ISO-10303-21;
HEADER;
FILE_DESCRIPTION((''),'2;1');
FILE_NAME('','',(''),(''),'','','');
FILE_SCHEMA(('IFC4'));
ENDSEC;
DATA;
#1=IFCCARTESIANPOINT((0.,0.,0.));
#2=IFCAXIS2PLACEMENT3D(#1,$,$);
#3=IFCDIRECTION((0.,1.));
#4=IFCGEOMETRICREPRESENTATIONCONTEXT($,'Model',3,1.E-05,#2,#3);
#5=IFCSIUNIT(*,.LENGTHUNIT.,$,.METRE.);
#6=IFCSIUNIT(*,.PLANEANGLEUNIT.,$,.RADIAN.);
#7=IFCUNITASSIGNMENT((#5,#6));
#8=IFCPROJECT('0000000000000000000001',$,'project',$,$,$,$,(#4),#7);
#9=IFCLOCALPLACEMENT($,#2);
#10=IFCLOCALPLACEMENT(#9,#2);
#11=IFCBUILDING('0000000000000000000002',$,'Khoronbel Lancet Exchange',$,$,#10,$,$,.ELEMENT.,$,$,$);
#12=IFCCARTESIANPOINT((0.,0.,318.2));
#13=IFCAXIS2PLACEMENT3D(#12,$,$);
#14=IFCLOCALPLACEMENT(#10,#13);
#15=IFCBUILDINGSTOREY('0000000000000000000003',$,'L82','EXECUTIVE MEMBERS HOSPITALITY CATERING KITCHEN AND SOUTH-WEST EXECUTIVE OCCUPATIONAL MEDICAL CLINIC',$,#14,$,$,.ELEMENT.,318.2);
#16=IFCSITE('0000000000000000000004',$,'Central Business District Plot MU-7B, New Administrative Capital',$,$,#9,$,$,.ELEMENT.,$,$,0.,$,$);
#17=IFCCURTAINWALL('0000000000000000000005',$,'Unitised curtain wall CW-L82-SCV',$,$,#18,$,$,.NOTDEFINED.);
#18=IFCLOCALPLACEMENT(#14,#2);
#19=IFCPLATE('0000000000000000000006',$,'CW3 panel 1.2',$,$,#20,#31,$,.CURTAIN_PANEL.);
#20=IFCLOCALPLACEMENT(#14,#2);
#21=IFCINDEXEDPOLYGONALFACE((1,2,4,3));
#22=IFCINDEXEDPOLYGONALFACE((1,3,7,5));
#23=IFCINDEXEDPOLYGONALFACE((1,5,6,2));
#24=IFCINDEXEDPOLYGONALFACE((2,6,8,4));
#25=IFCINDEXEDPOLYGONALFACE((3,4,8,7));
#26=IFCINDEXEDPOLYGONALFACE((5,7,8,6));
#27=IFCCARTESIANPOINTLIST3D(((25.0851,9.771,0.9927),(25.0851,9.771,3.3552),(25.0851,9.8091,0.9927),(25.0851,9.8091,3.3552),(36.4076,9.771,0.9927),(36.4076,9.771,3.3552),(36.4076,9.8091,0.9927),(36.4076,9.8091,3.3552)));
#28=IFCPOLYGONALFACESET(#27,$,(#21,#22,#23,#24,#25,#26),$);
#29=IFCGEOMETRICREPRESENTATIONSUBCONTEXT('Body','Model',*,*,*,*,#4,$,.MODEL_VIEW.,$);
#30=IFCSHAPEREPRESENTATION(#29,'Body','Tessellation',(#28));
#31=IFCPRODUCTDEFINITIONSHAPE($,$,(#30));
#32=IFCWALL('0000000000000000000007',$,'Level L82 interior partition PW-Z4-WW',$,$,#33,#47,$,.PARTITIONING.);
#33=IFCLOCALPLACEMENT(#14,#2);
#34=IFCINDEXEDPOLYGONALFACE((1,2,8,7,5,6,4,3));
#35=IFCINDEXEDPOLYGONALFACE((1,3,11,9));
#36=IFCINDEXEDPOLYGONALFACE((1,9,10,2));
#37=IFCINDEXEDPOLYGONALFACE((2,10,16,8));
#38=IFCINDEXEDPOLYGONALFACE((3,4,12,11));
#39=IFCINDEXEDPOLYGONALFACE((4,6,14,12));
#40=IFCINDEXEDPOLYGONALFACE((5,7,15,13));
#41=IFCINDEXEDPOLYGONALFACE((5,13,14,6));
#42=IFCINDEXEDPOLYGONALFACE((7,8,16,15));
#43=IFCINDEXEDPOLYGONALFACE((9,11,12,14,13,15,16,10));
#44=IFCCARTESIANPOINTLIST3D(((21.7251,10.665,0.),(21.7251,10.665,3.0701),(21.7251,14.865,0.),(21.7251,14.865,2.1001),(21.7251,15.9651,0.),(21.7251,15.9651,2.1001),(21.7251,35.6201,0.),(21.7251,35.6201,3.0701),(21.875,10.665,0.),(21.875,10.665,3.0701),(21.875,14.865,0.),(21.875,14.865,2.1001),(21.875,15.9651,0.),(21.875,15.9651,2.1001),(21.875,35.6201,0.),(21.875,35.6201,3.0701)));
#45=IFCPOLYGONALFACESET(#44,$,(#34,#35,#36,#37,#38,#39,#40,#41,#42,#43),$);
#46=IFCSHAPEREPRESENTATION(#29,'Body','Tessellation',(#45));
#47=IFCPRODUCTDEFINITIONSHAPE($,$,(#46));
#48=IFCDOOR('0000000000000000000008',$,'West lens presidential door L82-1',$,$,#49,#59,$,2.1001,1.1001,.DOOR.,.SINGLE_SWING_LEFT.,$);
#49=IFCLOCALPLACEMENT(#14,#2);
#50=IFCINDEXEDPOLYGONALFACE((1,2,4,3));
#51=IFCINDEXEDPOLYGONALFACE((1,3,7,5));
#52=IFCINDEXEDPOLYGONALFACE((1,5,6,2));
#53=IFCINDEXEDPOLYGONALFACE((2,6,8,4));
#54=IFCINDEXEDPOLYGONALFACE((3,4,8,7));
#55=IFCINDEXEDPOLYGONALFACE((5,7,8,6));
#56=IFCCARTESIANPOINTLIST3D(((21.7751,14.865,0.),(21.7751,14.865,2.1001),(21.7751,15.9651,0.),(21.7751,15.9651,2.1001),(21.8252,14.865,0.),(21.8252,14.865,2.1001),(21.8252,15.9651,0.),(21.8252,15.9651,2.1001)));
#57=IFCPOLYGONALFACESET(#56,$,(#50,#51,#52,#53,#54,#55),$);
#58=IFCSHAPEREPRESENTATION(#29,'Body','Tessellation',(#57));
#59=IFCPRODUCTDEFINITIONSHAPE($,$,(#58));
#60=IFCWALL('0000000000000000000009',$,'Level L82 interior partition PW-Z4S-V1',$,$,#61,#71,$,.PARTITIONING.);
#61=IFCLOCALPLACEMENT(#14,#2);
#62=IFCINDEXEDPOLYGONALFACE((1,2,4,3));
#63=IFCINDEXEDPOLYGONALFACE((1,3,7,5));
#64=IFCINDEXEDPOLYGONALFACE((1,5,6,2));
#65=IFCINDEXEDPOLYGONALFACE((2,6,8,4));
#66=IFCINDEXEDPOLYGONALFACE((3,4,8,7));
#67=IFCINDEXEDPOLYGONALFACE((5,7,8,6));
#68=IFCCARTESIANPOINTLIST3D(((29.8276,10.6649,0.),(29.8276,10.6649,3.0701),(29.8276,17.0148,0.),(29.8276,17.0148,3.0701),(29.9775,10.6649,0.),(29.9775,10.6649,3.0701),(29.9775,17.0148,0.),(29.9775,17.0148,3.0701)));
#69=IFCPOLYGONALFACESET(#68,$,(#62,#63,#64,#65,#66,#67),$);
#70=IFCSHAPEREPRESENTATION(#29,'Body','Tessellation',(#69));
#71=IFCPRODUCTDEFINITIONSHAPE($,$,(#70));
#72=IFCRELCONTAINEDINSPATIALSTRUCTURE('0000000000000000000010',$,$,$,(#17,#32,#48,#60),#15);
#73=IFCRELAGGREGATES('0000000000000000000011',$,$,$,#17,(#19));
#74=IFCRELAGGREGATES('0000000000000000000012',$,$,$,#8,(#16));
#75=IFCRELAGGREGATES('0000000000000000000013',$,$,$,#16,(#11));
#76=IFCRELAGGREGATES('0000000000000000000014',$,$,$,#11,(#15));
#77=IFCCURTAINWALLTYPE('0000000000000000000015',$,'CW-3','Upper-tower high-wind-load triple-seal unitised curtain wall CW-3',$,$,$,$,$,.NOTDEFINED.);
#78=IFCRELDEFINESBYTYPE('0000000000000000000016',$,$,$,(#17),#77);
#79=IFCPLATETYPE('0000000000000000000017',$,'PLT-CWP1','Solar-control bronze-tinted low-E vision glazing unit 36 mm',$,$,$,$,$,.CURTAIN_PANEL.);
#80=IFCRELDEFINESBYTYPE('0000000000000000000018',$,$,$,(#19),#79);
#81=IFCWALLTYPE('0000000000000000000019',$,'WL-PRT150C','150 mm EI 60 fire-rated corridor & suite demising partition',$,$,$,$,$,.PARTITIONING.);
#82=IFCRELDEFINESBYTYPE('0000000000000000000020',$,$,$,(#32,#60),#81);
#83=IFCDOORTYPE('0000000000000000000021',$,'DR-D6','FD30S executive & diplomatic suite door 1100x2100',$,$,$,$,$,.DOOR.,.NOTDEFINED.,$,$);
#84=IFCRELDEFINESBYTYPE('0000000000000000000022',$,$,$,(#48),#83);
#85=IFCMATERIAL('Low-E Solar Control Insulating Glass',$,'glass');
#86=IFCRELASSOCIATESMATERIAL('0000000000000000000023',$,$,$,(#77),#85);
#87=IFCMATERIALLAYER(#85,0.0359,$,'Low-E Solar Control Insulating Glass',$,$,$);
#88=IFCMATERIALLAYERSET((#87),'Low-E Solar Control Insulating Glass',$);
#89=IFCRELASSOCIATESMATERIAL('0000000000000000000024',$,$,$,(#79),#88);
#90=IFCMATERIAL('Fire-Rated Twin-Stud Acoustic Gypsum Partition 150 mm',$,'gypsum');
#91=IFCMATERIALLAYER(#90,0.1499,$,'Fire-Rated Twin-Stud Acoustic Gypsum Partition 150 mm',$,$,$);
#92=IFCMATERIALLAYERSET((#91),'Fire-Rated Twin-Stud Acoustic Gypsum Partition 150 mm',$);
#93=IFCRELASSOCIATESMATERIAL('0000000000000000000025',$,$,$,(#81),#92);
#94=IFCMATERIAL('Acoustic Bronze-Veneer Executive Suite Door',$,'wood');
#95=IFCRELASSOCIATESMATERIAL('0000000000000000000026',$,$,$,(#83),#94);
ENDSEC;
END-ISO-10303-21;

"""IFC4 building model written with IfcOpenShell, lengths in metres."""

from ifc_helpers import new_model, si_unit, direction, frame, frame_2d, origin, origin_2d, place, context, subcontext, project, spatial, rectangle, extrude, material, layer, layer_set, type_object, element, fill, aggregate, save


model = new_model("IFC4")

# Units and contexts
model_context = context("Model", 3, precision=1e-05, world=origin(), true_north=direction((0.0, 1.0)))
body_context = subcontext(model_context, "Body", "Model", "MODEL_VIEW")
ifc_project = project(units=[si_unit("LENGTHUNIT", "METRE"), si_unit("PLANEANGLEUNIT", "RADIAN")], contexts=[model_context])

# Site, building, storey
site_placement = place(None, origin())
site = spatial("IfcSite", under=ifc_project, at=site_placement, Name="Central Business District Plot MU-7B, New Administrative Capital", CompositionType="ELEMENT", RefElevation=0.0)
building_placement = place(site_placement, origin())
building = spatial("IfcBuilding", under=site, at=building_placement, Name="Khoronbel Lancet Exchange", CompositionType="ELEMENT")
storey_placement = place(building_placement, frame((0.0, 0.0, 318.2)))
storey = spatial("IfcBuildingStorey", under=building, at=storey_placement, Name="L82", Description="EXECUTIVE MEMBERS HOSPITALITY CATERING KITCHEN AND SOUTH-WEST EXECUTIVE OCCUPATIONAL MEDICAL CLINIC", CompositionType="ELEMENT", Elevation=318.2)

# Curtain wall
ifc_material_1 = material(Name="Low-E Solar Control Insulating Glass", Category="glass")
curtain_wall_type = type_object("IfcCurtainWallType", Name="CW-3", Description="Upper-tower high-wind-load triple-seal unitised curtain wall CW-3", PredefinedType="NOTDEFINED", material=ifc_material_1)
curtain_wall_1_placement = place(storey_placement, origin())
curtain_wall_1 = element("IfcCurtainWall", 1, at=curtain_wall_1_placement, inside=storey, type_object=curtain_wall_type, Name="Unitised curtain wall CW-L82-SCV", PredefinedType="NOTDEFINED")

# Plate
ifc_layer_1 = layer(ifc_material_1, 0.0359, Name="Low-E Solar Control Insulating Glass")
ifc_layer_set_1 = layer_set([ifc_layer_1], Name="Low-E Solar Control Insulating Glass")
plate_type_1 = type_object("IfcPlateType", Name="PLT-CWP1", Description="Solar-control bronze-tinted low-E vision glazing unit 36 mm", PredefinedType="CURTAIN_PANEL", material=ifc_layer_set_1)
plate_1_placement = place(storey_placement, frame((30.7463, 9.79, 0.9927), z_axis=(0.0, 0.0, 1.0), x_axis=(1.0, 0.0, 0.0)))
plate_1 = element("IfcPlate", 2, at=plate_1_placement, type_object=plate_type_1, Name="CW3 panel 1.2", PredefinedType="CURTAIN_PANEL", context=body_context, shape_type="SweptSolid", body=[
    extrude(rectangle(XDim=11.3225, YDim=0.0381, at=origin_2d()), origin(), (0.0, 0.0, 1.0), 2.3625),
])
aggregate(curtain_wall_1, [plate_1])

# Wall, opening, door
ifc_material_2 = material(Name="Fire-Rated Twin-Stud Acoustic Gypsum Partition 150 mm", Category="gypsum")
ifc_layer_2 = layer(ifc_material_2, 0.1499, Name="Fire-Rated Twin-Stud Acoustic Gypsum Partition 150 mm")
ifc_layer_set_2 = layer_set([ifc_layer_2], Name="Fire-Rated Twin-Stud Acoustic Gypsum Partition 150 mm")
wall_type = type_object("IfcWallType", Name="WL-PRT150C", Description="150 mm EI 60 fire-rated corridor & suite demising partition", PredefinedType="PARTITIONING", material=ifc_layer_set_2)
wall_1_placement = place(storey_placement, frame((21.8, 10.665, 0.0), z_axis=(0.0, 0.0, 1.0), x_axis=(0.0, 1.0, 0.0)))
wall_1 = element("IfcWall", 3, at=wall_1_placement, inside=storey, type_object=wall_type, Name="Level L82 interior partition PW-Z4-WW", PredefinedType="PARTITIONING", context=body_context, shape_type="SweptSolid", body=[
    extrude(rectangle(XDim=24.9551, YDim=0.1499, at=frame_2d((12.4775, 0.0))), origin(), (0.0, 0.0, 1.0), 3.0701),
])
opening_placement = place(wall_1_placement, frame((4.2, 0.0, 0.0)))
opening = element("IfcOpeningElement", 4, at=opening_placement, cuts=wall_1, PredefinedType="OPENING", context=body_context, shape_type="SweptSolid", body=[
    extrude(rectangle(XDim=1.1001, YDim=2.1001, at=frame_2d((0.55, 1.05))), frame((0.0, 0.085, 0.0), z_axis=(0.0, -1.0, 0.0), x_axis=(1.0, 0.0, 0.0)), (0.0, 0.0, 1.0), 0.1699),
])
ifc_material_3 = material(Name="Acoustic Bronze-Veneer Executive Suite Door", Category="wood")
door_type = type_object("IfcDoorType", Name="DR-D6", Description="FD30S executive & diplomatic suite door 1100x2100", OperationType="NOTDEFINED", PredefinedType="DOOR", material=ifc_material_3)
door_placement = place(opening_placement, origin())
door = element("IfcDoor", 5, at=door_placement, inside=storey, type_object=door_type, Name="West lens presidential door L82-1", OperationType="SINGLE_SWING_LEFT", OverallHeight=2.1001, OverallWidth=1.1001, PredefinedType="DOOR", context=body_context, shape_type="SweptSolid", body=[
    extrude(rectangle(XDim=1.1001, YDim=2.1001, at=frame_2d((0.55, 1.05))), frame((0.0, 0.0249, 0.0), z_axis=(0.0, -1.0, 0.0), x_axis=(1.0, 0.0, 0.0)), (0.0, 0.0, 1.0), 0.05),
])
fill(opening, door)

# Wall
wall_2_placement = place(storey_placement, frame((29.9026, 10.665, 0.0), z_axis=(0.0, 0.0, 1.0), x_axis=(0.0, 1.0, 0.0)))
element("IfcWall", 6, at=wall_2_placement, inside=storey, type_object=wall_type, Name="Level L82 interior partition PW-Z4S-V1", PredefinedType="PARTITIONING", context=body_context, shape_type="SweptSolid", body=[
    extrude(rectangle(XDim=6.3499, YDim=0.1499, at=frame_2d((3.1748, 0.0))), origin(), (0.0, 0.0, 1.0), 3.0701),
])

save(model, "model.ifc")
